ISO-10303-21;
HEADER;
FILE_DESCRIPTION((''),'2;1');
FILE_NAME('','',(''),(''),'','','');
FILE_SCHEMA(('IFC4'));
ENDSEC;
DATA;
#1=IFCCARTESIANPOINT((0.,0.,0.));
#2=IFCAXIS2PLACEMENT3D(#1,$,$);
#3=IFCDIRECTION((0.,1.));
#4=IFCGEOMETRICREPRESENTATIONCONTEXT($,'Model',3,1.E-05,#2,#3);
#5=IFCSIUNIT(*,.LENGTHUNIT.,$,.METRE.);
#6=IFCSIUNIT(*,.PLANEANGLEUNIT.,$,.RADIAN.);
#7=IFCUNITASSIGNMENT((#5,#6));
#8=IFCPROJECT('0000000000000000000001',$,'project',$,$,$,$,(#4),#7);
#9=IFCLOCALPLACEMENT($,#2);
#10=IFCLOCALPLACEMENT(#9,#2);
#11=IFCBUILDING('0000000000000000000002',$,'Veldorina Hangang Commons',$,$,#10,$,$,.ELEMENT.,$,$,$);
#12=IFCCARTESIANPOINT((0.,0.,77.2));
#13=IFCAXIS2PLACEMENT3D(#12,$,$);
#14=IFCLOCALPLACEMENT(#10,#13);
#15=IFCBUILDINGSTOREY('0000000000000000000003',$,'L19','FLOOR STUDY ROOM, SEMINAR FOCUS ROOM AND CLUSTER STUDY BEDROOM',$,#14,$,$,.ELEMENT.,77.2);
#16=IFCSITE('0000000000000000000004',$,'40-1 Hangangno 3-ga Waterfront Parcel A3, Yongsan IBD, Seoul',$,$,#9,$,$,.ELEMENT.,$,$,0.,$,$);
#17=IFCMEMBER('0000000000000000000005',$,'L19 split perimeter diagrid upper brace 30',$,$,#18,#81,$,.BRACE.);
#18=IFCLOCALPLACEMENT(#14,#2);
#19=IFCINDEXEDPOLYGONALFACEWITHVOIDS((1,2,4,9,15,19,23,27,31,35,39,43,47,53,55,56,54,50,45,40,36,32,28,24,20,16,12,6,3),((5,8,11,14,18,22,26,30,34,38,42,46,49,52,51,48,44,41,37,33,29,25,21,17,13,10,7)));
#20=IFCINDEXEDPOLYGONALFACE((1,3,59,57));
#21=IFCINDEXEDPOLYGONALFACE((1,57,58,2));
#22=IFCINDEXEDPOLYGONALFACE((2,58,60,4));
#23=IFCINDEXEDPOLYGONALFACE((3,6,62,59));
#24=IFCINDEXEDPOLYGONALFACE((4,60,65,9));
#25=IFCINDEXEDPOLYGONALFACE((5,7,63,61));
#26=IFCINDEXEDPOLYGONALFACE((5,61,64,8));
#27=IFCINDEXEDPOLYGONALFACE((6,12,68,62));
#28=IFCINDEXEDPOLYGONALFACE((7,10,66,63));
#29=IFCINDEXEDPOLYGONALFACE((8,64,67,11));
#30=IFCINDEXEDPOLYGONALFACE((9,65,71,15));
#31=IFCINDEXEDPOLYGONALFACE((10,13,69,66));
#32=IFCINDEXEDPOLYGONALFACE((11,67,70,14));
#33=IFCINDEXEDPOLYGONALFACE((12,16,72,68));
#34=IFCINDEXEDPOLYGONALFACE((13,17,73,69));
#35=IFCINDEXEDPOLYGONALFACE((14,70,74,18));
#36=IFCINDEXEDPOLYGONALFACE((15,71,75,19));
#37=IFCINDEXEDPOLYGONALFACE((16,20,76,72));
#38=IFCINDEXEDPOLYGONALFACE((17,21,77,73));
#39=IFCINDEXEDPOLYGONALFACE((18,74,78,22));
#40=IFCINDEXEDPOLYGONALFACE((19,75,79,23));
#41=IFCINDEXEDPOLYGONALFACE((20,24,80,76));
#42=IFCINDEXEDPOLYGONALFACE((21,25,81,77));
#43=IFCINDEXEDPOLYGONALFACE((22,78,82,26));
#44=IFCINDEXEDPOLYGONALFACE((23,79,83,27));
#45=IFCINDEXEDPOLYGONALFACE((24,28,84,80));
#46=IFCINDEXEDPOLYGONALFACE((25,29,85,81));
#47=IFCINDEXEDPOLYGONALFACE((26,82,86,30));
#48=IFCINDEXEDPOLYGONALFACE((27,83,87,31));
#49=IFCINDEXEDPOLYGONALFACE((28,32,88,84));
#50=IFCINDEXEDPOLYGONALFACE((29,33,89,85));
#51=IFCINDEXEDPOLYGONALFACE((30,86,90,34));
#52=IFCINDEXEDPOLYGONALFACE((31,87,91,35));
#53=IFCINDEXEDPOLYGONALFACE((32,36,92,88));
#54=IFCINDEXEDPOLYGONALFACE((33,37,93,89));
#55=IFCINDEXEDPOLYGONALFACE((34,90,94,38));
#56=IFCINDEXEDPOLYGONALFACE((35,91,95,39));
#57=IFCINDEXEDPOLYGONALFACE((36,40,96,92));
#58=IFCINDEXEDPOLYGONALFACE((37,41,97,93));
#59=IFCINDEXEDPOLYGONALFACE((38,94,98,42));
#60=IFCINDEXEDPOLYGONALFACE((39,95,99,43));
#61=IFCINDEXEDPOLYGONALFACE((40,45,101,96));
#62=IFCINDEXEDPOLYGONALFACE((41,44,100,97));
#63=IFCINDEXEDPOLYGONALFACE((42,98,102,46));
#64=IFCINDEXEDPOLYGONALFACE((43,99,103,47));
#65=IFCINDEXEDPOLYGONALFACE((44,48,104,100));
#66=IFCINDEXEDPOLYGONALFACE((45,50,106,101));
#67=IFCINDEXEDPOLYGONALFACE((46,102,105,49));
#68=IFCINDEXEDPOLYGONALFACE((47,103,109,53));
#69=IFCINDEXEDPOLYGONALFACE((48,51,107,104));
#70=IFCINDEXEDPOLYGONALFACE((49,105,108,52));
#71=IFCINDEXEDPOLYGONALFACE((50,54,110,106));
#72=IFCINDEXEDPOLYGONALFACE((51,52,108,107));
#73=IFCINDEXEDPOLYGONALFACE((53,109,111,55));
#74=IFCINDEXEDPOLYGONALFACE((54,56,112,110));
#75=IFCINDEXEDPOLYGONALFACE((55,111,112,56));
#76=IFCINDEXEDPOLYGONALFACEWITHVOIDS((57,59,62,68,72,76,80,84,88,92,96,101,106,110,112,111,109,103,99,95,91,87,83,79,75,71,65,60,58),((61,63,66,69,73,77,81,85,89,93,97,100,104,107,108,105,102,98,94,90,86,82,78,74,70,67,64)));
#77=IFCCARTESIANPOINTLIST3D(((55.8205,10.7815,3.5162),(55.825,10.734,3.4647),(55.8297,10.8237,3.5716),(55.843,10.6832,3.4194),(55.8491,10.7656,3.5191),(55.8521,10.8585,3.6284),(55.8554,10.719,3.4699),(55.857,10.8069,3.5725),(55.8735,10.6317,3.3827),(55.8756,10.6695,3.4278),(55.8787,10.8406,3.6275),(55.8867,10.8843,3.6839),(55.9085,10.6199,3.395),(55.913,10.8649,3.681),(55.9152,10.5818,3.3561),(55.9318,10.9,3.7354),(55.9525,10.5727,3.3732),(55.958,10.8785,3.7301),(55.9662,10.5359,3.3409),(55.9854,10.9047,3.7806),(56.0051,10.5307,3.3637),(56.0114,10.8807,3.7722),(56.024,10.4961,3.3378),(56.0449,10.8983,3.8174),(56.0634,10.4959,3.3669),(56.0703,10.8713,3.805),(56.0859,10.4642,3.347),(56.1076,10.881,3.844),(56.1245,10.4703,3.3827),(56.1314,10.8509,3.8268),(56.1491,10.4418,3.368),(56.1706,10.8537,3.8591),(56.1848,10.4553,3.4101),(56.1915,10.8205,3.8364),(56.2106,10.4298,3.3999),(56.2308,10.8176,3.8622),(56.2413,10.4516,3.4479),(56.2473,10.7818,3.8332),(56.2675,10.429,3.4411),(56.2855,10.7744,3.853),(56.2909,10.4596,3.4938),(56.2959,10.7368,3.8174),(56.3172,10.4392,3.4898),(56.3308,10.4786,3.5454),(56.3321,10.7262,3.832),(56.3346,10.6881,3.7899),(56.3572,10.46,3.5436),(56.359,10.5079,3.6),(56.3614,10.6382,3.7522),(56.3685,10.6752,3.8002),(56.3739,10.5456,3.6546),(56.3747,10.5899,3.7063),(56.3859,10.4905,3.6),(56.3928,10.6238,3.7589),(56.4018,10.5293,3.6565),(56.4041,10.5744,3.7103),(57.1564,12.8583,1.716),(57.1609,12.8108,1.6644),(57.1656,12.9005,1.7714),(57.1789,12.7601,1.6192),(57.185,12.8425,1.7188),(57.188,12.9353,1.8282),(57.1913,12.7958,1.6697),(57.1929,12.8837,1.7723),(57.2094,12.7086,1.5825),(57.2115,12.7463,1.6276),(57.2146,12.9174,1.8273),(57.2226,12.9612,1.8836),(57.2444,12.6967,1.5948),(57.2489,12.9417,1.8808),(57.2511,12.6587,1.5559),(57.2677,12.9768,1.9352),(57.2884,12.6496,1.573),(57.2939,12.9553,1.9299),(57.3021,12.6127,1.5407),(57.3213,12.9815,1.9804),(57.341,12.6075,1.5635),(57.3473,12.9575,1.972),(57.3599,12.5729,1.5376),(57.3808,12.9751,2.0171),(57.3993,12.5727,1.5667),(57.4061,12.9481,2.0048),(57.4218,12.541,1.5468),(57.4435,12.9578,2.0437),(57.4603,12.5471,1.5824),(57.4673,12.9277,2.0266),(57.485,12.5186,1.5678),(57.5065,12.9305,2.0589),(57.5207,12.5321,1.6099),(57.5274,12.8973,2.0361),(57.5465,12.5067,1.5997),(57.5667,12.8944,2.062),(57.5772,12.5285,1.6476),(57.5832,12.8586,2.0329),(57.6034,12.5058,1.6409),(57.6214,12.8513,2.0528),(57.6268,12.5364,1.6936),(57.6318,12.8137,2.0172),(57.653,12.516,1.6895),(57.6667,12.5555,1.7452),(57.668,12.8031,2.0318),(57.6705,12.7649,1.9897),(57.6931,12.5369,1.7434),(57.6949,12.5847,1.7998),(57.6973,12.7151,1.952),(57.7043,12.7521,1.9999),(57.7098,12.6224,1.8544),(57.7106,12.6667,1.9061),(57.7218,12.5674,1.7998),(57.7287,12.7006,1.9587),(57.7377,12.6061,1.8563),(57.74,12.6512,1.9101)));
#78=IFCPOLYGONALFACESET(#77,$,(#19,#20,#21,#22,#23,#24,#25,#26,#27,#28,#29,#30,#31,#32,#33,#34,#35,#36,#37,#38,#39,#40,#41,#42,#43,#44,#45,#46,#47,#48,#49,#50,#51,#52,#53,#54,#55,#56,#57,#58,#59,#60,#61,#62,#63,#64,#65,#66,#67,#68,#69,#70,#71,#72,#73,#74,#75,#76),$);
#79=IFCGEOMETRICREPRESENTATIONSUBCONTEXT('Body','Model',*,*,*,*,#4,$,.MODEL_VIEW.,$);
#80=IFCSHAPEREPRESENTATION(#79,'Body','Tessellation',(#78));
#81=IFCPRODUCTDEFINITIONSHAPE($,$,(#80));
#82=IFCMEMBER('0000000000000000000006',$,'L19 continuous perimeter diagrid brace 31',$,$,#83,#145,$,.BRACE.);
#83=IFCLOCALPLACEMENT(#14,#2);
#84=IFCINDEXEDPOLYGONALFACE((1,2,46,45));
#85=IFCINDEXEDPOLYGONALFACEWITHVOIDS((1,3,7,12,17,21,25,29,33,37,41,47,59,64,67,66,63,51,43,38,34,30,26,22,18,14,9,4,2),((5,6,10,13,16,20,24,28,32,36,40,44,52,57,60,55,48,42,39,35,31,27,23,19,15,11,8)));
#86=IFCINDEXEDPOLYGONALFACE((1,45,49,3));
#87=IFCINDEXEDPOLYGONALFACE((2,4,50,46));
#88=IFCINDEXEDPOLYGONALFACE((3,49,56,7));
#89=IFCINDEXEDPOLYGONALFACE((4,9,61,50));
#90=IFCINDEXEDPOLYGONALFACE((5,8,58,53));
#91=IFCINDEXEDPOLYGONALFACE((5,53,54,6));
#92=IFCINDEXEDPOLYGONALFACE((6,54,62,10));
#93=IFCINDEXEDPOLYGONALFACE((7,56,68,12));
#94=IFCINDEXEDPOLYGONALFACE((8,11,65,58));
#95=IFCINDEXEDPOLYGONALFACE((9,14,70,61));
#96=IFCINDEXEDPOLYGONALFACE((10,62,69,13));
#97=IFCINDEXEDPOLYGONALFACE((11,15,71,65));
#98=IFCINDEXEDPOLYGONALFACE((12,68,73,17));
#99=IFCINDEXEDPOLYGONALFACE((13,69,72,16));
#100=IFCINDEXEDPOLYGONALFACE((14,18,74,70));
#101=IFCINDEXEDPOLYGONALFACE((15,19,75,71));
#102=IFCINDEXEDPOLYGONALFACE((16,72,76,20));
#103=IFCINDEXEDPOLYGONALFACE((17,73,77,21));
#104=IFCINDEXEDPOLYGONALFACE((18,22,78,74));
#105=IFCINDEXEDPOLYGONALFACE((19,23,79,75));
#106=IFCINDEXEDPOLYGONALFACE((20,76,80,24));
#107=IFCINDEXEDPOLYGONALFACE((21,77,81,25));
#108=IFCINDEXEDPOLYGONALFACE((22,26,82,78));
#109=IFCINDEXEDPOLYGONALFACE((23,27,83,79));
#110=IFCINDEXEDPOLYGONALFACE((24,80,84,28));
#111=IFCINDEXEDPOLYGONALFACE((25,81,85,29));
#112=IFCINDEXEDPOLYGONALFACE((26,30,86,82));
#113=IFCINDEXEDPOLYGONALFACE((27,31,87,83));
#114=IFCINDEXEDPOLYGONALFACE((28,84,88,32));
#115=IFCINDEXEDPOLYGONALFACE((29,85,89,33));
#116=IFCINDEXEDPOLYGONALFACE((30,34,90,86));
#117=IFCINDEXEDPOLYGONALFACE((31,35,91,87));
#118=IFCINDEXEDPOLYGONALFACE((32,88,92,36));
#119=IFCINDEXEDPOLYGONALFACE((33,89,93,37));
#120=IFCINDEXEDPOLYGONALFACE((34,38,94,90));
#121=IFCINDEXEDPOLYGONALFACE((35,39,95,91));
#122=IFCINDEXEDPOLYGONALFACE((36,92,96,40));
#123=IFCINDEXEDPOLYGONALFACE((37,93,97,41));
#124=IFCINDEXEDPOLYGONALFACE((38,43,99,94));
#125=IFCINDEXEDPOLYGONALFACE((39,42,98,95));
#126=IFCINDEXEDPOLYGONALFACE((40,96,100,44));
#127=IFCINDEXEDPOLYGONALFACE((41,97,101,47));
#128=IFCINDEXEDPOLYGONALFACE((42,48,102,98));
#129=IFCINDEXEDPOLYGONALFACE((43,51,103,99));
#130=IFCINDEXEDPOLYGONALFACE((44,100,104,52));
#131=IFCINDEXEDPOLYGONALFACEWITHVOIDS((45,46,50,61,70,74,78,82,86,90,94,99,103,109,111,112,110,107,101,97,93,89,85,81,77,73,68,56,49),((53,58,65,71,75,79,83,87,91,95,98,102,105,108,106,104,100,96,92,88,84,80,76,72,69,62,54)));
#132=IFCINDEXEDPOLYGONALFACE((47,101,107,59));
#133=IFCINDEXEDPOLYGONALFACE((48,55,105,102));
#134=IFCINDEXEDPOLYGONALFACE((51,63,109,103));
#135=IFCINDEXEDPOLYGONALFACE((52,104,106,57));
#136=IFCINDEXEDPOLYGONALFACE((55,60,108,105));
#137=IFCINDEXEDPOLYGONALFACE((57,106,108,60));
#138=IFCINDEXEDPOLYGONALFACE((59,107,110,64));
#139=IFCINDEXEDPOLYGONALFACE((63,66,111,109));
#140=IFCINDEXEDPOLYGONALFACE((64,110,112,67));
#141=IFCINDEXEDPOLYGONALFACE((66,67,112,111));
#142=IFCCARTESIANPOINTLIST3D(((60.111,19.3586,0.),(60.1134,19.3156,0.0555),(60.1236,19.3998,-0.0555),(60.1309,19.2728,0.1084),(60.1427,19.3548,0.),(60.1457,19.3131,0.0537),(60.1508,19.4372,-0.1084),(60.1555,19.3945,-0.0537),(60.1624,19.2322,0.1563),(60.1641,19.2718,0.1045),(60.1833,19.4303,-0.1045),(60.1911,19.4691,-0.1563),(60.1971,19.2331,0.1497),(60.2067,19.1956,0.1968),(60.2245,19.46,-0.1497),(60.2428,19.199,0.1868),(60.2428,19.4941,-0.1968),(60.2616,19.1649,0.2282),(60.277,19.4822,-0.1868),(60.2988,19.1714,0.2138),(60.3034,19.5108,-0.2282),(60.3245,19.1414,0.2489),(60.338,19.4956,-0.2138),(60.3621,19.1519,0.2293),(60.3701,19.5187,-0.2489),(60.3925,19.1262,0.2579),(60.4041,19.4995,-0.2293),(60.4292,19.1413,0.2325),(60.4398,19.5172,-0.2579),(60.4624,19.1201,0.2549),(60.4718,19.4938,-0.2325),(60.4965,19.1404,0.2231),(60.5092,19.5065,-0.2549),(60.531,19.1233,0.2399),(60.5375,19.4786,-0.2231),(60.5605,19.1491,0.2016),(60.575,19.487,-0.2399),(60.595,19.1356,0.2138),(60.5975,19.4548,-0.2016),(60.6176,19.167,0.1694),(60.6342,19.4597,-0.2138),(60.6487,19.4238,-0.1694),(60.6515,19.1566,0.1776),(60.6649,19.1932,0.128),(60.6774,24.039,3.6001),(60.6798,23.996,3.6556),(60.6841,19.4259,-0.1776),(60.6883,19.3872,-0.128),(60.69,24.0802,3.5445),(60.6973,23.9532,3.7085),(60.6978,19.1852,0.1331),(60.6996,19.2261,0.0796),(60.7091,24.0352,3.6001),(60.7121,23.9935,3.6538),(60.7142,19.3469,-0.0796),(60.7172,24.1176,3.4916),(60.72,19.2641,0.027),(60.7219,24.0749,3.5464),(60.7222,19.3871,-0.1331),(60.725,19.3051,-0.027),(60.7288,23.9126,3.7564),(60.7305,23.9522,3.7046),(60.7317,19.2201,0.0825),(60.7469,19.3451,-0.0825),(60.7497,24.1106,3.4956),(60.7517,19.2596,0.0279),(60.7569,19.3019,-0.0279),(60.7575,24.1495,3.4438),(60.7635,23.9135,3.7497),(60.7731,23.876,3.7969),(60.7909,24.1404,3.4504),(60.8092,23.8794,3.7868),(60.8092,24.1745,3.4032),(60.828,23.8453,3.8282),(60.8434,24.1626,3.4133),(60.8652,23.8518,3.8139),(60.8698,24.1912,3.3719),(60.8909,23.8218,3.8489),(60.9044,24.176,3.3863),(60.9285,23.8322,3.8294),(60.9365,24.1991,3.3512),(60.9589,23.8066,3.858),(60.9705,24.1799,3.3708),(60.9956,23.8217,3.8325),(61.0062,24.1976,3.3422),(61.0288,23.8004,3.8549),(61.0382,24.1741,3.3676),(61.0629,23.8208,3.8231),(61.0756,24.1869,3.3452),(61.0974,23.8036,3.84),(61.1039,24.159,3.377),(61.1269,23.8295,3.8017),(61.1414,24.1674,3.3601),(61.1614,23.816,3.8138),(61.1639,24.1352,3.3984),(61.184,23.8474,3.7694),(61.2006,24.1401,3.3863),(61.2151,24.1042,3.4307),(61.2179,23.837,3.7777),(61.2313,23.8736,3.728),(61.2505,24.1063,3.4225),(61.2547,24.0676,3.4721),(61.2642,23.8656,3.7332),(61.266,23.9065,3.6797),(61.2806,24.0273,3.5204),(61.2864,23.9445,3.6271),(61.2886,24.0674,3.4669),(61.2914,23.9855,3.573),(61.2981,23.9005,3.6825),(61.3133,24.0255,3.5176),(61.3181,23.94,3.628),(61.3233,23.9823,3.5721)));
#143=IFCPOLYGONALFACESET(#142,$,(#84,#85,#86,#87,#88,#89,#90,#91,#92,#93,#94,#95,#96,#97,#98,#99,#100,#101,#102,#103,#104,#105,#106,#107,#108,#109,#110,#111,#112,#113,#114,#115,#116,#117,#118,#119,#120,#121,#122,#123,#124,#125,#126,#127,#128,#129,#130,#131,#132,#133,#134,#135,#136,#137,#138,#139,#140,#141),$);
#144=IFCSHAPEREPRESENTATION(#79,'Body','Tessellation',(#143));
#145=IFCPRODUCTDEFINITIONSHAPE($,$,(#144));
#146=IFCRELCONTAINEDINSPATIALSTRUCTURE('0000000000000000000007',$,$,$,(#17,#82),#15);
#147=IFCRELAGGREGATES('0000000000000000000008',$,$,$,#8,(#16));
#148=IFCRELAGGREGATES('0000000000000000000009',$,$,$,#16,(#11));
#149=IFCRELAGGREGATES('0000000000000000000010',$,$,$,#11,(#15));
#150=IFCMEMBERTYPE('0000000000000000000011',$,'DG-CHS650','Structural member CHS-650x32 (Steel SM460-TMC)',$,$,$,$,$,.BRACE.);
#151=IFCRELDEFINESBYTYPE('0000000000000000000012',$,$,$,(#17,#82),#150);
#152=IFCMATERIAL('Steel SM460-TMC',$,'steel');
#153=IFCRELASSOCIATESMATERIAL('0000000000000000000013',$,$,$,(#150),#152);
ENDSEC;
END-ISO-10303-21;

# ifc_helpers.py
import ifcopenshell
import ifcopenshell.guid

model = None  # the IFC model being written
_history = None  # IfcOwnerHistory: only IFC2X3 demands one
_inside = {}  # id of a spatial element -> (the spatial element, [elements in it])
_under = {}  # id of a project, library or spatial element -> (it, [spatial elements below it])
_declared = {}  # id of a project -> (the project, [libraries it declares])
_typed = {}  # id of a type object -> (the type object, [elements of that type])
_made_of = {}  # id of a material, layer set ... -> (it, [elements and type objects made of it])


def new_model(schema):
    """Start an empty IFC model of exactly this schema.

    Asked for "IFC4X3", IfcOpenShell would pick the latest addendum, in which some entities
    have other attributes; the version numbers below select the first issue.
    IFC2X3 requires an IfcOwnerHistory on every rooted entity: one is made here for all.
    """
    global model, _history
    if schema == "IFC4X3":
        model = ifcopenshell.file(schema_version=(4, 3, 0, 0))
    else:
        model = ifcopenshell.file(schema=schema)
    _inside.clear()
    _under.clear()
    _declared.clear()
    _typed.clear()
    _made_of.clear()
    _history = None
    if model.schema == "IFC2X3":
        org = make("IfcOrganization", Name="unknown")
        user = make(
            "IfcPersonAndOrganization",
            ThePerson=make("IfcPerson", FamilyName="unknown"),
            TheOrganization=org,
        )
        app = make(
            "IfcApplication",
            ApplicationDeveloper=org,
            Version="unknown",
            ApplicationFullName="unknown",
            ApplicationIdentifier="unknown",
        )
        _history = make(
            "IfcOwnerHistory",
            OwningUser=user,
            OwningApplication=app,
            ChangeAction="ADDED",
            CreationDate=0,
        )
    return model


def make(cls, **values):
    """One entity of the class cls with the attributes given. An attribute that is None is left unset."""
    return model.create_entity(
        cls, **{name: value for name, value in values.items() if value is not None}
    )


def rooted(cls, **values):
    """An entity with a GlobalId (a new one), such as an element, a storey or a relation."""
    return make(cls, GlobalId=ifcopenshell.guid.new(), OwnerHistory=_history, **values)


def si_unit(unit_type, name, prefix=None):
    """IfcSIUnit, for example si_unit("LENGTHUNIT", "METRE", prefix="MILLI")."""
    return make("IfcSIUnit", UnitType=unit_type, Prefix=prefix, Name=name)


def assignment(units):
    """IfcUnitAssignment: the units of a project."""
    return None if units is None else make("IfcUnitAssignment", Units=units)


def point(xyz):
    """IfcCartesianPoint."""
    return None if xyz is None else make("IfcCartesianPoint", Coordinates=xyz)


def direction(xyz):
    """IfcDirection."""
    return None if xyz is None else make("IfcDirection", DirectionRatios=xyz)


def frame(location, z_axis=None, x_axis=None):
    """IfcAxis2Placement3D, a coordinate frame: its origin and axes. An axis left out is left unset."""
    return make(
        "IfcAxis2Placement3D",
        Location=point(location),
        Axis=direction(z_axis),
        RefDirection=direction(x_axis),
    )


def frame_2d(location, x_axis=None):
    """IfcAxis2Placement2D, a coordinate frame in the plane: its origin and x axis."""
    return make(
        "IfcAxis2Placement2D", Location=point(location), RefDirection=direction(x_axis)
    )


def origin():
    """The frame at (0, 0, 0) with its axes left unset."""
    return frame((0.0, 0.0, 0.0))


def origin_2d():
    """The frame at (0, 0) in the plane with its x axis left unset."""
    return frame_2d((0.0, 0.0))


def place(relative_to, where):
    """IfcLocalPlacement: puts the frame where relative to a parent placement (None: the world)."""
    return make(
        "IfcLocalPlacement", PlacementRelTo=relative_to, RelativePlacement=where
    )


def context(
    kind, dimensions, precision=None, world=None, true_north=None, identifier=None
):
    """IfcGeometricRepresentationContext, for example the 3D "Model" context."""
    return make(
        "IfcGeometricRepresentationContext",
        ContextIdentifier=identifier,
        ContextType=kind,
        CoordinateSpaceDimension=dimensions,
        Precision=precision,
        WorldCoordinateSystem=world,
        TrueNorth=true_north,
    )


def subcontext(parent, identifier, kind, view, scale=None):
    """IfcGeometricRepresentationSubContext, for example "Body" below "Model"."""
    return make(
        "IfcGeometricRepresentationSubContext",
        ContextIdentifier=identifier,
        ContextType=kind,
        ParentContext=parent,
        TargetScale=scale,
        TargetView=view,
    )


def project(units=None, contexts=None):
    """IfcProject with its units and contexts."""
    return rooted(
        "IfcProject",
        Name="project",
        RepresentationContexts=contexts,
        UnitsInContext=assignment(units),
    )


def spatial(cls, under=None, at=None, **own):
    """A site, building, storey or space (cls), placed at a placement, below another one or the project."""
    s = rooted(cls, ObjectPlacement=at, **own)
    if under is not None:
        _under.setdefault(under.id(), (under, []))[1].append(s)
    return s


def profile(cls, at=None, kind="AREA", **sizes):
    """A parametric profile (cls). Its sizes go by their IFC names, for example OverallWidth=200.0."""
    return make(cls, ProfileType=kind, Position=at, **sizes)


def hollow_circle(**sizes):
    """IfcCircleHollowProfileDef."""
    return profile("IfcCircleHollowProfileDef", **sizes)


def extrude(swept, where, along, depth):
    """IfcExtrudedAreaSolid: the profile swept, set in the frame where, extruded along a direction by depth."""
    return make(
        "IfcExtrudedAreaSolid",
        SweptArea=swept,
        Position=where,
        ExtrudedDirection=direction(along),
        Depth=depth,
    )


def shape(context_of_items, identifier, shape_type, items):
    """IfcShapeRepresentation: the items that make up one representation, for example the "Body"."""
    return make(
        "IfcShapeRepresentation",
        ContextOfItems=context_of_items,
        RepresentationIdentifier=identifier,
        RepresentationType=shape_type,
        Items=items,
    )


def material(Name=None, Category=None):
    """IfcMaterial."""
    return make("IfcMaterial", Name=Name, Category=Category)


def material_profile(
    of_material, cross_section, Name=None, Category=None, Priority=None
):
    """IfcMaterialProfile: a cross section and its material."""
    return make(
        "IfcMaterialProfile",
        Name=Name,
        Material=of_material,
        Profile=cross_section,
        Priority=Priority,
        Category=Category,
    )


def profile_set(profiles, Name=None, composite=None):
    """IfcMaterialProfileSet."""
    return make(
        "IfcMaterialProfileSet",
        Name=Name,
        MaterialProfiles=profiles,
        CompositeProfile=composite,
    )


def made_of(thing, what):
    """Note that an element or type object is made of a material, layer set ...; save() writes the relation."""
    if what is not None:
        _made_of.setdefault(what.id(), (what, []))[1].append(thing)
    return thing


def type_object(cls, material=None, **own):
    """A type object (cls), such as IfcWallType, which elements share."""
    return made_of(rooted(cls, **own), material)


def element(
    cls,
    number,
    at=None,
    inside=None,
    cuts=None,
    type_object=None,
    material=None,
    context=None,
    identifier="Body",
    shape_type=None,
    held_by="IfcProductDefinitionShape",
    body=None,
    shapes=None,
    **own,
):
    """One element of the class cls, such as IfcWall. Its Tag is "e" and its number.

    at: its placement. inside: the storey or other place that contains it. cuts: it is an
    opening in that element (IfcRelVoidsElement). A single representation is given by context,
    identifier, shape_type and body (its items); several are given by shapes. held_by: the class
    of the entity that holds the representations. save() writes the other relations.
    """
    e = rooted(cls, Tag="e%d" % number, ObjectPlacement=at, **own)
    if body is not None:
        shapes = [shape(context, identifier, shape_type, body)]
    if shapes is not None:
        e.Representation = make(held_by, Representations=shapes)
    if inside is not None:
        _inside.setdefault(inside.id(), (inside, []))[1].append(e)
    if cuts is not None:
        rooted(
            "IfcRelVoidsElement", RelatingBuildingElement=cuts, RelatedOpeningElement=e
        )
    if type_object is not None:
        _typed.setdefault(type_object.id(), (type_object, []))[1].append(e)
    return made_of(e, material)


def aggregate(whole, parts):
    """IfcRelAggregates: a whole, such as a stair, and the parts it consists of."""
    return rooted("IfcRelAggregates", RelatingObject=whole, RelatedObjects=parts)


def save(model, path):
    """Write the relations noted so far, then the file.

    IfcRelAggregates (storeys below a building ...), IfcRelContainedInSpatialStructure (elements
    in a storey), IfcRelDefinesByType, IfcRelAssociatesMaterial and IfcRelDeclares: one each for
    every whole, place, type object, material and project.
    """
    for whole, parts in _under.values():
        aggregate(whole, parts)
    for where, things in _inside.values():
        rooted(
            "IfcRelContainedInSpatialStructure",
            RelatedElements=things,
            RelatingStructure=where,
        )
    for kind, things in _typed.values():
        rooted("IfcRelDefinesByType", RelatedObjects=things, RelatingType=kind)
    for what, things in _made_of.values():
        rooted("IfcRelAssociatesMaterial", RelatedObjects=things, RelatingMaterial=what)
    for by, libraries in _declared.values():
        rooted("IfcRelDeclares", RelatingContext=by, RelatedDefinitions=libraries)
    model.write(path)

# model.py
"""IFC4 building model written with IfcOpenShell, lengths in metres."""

from ifc_helpers import new_model, si_unit, direction, frame, origin, origin_2d, place, context, subcontext, project, spatial, hollow_circle, extrude, material, material_profile, profile_set, type_object, element, save


model = new_model("IFC4")

# Units and contexts
model_context = context("Model", 3, precision=1e-05, world=origin(), true_north=direction((0.0, 1.0)))
body_context = subcontext(model_context, "Body", "Model", "MODEL_VIEW")
ifc_project = project(units=[si_unit("LENGTHUNIT", "METRE"), si_unit("PLANEANGLEUNIT", "RADIAN")], contexts=[model_context])

# Site, building, storey
site_placement = place(None, origin())
site = spatial("IfcSite", under=ifc_project, at=site_placement, Name="40-1 Hangangno 3-ga Waterfront Parcel A3, Yongsan IBD, Seoul", CompositionType="ELEMENT", RefElevation=0.0)
building_placement = place(site_placement, origin())
building = spatial("IfcBuilding", under=site, at=building_placement, Name="Veldorina Hangang Commons", CompositionType="ELEMENT")
storey_placement = place(building_placement, frame((0.0, 0.0, 77.2)))
storey = spatial("IfcBuildingStorey", under=building, at=storey_placement, Name="L19", Description="FLOOR STUDY ROOM, SEMINAR FOCUS ROOM AND CLUSTER STUDY BEDROOM", CompositionType="ELEMENT", Elevation=77.2)

# Members
ifc_material_1 = material(Name="Steel SM460-TMC", Category="steel")
ifc_material_profile_1 = material_profile(ifc_material_1, hollow_circle(Radius=0.325, WallThickness=0.032, at=origin_2d()), Name="CHS-650x32")
ifc_profile_set_1 = profile_set([ifc_material_profile_1], Name="Steel SM460-TMC")
member_type_1 = type_object("IfcMemberType", Name="DG-CHS650", Description="Structural member CHS-650x32 (Steel SM460-TMC)", PredefinedType="BRACE", material=ifc_profile_set_1)
member_1_placement = place(storey_placement, frame((57.4485, 12.7432, 1.7998), z_axis=(-0.437148, -0.679609, 0.589095), x_axis=(0.841034, -0.540982, 0.0)))
element("IfcMember", 1, at=member_1_placement, inside=storey, type_object=member_type_1, Name="L19 split perimeter diagrid upper brace 30", PredefinedType="BRACE", context=body_context, shape_type="SweptSolid", body=[
    extrude(hollow_circle(Radius=0.325, WallThickness=0.032, at=origin_2d()), origin(), (0.0, 0.0, 1.0), 3.0559),
])
member_2_placement = place(storey_placement, frame((60.4336, 19.3196, 0.0), z_axis=(0.095484, 0.789021, 0.606901), x_axis=(-0.992757, 0.12014, 0.0)))
element("IfcMember", 2, at=member_2_placement, inside=storey, type_object=member_type_1, Name="L19 continuous perimeter diagrid brace 31", PredefinedType="BRACE", context=body_context, shape_type="SweptSolid", body=[
    extrude(hollow_circle(Radius=0.325, WallThickness=0.032, at=origin_2d()), origin(), (0.0, 0.0, 1.0), 5.9319),
])

save(model, "model.ifc")
